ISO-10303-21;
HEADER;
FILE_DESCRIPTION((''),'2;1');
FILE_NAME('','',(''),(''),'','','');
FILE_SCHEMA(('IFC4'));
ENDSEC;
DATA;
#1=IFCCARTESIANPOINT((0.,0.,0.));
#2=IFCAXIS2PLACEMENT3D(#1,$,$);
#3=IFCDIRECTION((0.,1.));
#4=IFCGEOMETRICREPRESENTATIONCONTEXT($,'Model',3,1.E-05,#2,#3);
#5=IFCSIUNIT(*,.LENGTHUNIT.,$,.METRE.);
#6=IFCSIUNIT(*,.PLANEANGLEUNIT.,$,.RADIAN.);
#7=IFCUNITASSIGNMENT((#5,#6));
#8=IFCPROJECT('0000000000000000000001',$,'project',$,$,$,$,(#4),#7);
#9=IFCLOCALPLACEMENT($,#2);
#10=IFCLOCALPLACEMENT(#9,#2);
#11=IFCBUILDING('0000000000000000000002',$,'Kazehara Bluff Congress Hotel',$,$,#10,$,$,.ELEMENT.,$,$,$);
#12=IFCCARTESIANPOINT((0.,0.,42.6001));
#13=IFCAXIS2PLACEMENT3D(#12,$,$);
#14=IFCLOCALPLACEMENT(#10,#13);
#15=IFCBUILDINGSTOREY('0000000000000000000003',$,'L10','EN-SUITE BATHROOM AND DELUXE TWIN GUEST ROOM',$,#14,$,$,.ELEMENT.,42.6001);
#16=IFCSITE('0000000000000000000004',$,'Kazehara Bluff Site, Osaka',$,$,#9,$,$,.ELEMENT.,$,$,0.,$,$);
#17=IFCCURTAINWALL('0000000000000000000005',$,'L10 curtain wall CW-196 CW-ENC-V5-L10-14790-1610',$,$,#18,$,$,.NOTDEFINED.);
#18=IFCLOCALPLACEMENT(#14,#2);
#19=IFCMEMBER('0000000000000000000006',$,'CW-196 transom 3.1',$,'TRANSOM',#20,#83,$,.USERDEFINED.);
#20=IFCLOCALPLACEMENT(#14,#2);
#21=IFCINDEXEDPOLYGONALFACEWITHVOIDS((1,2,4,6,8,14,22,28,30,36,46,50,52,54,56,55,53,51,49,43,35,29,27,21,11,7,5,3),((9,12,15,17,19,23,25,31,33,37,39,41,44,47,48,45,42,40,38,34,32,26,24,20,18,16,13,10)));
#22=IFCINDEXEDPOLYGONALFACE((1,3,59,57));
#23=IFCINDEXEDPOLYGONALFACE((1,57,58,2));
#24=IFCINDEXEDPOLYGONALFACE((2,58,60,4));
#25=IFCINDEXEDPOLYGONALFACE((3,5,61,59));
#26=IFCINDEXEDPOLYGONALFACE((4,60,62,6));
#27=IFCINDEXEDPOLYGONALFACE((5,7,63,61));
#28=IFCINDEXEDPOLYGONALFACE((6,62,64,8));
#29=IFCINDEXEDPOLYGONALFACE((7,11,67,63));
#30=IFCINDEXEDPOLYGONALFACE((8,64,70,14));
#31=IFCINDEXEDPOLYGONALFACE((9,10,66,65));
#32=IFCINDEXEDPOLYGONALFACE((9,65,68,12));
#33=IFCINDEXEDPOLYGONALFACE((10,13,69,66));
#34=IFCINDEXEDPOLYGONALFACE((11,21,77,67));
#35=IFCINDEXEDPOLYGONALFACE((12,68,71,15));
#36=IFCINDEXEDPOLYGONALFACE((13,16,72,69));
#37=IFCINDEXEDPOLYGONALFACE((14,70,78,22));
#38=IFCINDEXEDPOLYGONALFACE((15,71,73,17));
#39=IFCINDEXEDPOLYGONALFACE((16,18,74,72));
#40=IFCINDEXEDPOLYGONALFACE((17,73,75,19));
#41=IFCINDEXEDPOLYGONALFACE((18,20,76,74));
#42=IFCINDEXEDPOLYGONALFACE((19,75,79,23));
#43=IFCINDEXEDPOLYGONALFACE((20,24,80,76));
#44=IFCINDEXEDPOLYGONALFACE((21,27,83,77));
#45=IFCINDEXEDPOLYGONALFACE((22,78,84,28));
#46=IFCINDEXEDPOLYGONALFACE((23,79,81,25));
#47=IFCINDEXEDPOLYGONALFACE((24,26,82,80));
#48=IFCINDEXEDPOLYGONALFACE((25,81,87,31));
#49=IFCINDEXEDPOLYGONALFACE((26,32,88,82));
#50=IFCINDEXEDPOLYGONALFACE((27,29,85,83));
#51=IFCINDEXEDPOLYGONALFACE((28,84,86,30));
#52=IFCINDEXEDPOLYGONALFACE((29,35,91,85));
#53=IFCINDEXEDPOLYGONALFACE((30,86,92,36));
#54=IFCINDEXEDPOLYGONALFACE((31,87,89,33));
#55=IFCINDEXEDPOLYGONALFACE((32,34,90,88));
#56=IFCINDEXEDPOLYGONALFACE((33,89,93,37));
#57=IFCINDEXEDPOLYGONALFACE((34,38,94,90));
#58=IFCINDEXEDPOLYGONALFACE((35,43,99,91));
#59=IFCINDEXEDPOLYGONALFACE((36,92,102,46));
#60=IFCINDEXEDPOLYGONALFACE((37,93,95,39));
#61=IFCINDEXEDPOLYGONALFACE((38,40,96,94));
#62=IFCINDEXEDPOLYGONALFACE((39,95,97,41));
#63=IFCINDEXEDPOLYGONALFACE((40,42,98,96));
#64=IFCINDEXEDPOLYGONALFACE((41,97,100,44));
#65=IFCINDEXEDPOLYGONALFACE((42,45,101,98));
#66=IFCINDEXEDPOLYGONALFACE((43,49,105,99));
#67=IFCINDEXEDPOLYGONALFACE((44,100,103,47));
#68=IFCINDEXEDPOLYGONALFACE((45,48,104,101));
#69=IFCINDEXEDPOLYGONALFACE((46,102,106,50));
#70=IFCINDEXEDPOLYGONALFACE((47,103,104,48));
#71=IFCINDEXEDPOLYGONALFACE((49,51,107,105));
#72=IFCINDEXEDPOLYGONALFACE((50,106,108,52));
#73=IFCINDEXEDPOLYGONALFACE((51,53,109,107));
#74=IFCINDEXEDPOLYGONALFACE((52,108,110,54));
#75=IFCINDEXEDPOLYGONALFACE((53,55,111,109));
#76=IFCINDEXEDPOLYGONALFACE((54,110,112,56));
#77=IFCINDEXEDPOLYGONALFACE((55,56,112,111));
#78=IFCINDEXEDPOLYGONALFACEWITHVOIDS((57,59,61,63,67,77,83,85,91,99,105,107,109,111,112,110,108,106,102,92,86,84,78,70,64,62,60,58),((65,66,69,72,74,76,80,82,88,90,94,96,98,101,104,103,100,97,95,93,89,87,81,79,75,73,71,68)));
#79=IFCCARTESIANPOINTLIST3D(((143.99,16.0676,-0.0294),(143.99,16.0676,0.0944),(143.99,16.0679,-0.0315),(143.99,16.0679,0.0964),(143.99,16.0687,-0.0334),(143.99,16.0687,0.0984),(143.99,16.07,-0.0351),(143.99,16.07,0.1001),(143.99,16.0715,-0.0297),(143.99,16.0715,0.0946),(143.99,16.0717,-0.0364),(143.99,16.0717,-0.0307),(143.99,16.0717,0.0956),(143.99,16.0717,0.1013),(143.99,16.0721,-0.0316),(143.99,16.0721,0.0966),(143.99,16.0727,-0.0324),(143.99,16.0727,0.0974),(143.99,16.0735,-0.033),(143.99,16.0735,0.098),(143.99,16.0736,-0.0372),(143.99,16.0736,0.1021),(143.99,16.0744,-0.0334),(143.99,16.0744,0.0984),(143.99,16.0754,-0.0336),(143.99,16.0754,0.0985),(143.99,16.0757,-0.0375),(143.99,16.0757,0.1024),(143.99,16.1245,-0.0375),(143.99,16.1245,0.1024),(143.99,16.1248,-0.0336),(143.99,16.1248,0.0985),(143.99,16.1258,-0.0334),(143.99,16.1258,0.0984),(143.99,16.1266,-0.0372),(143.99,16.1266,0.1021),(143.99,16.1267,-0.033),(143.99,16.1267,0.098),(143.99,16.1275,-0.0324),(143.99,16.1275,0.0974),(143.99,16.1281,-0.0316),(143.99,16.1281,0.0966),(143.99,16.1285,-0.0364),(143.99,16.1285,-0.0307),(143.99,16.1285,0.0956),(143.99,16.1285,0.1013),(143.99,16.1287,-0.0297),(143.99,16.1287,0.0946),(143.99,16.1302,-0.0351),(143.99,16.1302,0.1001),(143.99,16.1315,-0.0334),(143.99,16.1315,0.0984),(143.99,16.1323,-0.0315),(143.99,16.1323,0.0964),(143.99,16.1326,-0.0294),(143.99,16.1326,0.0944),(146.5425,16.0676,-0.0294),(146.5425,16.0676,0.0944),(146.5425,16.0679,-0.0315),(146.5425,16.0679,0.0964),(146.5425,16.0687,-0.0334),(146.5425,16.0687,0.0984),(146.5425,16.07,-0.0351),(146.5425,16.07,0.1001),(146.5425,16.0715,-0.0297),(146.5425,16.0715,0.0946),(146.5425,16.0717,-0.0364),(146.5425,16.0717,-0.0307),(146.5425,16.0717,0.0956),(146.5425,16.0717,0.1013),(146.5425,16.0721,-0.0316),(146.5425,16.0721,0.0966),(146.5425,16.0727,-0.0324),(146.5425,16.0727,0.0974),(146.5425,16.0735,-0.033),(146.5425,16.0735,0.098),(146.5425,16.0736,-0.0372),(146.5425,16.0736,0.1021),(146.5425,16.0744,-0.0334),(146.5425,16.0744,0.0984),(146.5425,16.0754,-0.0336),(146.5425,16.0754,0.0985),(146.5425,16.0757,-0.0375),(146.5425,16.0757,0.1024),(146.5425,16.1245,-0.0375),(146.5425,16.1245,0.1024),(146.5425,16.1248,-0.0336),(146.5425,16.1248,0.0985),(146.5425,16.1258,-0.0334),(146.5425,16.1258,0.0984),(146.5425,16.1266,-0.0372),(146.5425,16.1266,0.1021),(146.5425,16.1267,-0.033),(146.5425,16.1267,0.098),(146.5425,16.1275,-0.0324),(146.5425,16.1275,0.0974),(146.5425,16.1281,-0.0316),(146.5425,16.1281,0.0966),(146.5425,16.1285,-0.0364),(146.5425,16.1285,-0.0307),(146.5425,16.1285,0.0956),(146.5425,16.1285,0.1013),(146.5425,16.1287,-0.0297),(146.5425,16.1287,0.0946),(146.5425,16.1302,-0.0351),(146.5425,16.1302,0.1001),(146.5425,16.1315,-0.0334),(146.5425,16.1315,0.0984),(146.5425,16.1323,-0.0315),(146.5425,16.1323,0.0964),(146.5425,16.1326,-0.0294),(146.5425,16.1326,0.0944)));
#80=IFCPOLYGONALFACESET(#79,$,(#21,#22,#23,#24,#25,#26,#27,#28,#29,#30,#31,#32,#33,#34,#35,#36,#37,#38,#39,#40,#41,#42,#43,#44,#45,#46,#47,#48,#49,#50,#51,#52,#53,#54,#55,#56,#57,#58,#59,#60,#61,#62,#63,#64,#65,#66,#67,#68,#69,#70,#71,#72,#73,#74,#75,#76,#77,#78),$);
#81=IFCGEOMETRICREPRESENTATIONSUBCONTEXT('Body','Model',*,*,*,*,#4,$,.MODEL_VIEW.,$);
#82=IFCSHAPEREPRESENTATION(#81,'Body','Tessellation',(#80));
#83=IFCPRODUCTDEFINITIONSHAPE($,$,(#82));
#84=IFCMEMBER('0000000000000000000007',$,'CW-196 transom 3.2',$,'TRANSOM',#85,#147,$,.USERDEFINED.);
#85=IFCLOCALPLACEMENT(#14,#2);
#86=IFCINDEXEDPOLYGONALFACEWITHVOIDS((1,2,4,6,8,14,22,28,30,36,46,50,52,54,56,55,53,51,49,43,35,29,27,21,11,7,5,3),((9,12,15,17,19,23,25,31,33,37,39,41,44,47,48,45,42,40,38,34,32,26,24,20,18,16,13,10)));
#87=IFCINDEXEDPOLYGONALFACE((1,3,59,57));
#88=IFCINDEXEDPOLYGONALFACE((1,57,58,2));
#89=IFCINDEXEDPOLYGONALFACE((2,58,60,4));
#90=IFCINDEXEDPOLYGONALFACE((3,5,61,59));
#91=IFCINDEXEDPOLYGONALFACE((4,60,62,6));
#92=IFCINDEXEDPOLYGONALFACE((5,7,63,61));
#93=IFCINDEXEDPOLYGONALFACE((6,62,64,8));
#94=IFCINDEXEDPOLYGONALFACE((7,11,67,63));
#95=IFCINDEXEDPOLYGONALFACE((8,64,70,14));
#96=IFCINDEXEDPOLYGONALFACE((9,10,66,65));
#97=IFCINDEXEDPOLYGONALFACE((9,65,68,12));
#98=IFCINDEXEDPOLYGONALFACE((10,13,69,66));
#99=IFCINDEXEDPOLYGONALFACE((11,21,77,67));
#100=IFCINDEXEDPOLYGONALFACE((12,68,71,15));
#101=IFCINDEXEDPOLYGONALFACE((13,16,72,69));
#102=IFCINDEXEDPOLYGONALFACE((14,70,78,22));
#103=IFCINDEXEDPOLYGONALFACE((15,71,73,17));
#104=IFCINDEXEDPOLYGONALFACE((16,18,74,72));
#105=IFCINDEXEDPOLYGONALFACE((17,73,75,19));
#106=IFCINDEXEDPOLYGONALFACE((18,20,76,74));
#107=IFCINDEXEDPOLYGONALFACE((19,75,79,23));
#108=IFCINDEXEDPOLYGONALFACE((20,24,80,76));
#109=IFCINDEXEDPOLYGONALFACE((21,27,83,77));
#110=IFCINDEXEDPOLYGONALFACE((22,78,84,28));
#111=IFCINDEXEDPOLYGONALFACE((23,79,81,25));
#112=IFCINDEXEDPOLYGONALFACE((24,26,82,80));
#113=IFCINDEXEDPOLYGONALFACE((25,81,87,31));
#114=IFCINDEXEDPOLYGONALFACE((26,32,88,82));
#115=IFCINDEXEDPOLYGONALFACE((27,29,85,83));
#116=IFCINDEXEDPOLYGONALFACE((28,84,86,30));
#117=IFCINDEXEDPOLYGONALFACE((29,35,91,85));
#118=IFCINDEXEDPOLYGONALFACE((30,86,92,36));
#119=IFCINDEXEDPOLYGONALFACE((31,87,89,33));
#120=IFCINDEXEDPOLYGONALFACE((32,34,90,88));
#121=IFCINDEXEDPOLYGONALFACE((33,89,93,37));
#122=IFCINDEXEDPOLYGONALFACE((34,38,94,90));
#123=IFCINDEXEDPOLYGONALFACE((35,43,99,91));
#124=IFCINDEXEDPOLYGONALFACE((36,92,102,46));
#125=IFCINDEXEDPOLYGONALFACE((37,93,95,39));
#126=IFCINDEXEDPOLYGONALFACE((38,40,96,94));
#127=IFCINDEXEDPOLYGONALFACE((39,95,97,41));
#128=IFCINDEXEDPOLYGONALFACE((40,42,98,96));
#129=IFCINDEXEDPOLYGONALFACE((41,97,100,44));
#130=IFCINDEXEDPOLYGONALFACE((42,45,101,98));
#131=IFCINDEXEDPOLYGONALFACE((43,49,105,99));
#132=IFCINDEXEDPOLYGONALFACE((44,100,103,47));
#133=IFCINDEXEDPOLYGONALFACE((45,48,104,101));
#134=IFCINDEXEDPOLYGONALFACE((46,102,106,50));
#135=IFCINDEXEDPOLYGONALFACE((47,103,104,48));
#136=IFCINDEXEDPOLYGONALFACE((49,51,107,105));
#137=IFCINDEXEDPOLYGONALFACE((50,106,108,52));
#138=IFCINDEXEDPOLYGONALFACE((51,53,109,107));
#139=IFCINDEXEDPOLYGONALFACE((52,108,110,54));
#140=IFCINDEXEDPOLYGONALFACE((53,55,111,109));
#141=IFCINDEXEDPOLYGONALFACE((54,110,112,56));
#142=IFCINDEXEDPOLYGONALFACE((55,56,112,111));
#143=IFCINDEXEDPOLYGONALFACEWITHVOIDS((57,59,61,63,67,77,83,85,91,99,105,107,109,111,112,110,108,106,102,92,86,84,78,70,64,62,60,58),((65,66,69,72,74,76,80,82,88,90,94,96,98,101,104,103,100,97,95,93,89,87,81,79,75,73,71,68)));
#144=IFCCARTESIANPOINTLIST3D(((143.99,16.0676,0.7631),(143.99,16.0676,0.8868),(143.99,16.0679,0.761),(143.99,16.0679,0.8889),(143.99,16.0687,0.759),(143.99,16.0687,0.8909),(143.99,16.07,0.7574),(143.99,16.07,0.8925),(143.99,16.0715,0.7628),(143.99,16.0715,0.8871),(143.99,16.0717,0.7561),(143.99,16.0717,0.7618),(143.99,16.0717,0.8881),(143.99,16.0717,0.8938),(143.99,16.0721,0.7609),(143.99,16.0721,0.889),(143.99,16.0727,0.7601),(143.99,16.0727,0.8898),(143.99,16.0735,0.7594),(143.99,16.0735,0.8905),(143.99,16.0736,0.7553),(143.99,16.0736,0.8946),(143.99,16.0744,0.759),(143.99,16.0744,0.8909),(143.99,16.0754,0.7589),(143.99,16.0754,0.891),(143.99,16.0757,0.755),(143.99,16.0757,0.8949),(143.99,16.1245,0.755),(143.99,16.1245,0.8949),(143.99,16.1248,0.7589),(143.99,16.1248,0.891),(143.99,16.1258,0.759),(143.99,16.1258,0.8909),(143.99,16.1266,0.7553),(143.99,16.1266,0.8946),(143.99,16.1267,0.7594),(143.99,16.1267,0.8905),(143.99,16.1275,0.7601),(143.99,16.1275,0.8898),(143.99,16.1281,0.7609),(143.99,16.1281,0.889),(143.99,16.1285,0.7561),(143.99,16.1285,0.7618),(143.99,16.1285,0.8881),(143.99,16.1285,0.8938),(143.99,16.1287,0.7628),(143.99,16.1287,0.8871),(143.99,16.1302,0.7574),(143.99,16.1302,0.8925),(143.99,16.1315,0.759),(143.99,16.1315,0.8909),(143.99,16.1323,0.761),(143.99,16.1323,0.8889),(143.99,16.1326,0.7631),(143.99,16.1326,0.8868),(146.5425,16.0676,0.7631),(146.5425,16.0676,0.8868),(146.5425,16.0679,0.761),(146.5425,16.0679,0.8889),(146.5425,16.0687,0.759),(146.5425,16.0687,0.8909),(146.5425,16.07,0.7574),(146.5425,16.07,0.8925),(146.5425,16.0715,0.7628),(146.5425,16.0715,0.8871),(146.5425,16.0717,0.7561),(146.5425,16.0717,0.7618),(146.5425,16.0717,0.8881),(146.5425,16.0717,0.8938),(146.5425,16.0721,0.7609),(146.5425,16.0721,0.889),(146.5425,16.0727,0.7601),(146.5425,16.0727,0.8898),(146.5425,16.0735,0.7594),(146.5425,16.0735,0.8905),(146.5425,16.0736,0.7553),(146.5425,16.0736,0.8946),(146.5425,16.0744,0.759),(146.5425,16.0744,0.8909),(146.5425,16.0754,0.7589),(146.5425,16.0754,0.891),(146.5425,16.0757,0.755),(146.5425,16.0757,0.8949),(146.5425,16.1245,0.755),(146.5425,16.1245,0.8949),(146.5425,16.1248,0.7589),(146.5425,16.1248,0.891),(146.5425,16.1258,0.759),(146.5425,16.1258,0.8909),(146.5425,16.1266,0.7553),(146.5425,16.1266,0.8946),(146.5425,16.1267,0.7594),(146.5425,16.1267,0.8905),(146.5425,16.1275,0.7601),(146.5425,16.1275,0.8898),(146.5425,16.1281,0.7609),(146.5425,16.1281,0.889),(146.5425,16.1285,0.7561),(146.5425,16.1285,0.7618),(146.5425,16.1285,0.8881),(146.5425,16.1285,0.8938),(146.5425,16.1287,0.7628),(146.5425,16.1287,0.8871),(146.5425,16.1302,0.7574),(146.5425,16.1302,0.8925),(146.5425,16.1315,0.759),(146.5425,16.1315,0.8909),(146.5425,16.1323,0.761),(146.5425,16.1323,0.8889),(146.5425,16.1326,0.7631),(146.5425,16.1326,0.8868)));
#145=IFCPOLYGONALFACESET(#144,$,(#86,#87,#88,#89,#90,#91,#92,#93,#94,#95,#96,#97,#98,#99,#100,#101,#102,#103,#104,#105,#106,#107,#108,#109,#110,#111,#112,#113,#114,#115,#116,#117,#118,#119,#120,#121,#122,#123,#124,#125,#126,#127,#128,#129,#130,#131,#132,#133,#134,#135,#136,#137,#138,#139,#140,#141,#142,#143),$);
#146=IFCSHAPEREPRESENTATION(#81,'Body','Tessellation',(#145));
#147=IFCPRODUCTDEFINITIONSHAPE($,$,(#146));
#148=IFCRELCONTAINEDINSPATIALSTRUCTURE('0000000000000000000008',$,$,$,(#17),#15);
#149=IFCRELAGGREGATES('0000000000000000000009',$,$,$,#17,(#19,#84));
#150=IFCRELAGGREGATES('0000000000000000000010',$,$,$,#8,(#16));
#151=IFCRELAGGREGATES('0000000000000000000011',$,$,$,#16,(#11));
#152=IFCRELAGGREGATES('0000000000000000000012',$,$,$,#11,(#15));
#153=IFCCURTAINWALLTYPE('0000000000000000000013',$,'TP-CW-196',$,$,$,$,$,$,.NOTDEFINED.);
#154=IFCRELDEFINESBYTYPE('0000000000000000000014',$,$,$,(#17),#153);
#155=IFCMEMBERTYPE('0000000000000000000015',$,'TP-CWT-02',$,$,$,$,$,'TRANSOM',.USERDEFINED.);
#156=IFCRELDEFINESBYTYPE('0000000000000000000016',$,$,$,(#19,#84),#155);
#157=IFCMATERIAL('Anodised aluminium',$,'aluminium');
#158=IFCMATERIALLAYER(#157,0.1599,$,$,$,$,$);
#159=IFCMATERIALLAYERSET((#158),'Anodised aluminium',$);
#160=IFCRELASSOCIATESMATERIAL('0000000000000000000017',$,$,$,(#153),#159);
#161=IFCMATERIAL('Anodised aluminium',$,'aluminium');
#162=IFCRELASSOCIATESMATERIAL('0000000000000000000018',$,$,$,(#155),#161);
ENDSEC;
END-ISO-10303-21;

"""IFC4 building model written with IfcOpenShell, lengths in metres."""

from ifc_helpers import new_model, si_unit, direction, frame, origin, origin_2d, place, context, subcontext, project, spatial, hollow_rectangle, extrude, material, layer, layer_set, material_profile, profile_set, type_object, element, aggregate, save


model = new_model("IFC4")

# Units and contexts
model_context = context("Model", 3, precision=1e-05, world=origin(), true_north=direction((0.0, 1.0)))
body_context = subcontext(model_context, "Body", "Model", "MODEL_VIEW")
ifc_project = project(units=[si_unit("LENGTHUNIT", "METRE"), si_unit("PLANEANGLEUNIT", "RADIAN")], contexts=[model_context])

# Site, building, storey
site_placement = place(None, origin())
site = spatial("IfcSite", under=ifc_project, at=site_placement, Name="Kazehara Bluff Site, Osaka", CompositionType="ELEMENT", RefElevation=0.0)
building_placement = place(site_placement, origin())
building = spatial("IfcBuilding", under=site, at=building_placement, Name="Kazehara Bluff Congress Hotel", CompositionType="ELEMENT")
storey_placement = place(building_placement, frame((0.0, 0.0, 42.6001)))
storey = spatial("IfcBuildingStorey", under=building, at=storey_placement, Name="L10", Description="EN-SUITE BATHROOM AND DELUXE TWIN GUEST ROOM", CompositionType="ELEMENT", Elevation=42.6001)

# Curtain wall, members
ifc_material_1 = material(Name="Anodised aluminium", Category="aluminium")
ifc_layer_1 = layer(ifc_material_1, 0.1599)
ifc_layer_set_1 = layer_set([ifc_layer_1], Name="Anodised aluminium")
curtain_wall_type = type_object("IfcCurtainWallType", Name="TP-CW-196", PredefinedType="NOTDEFINED", material=ifc_layer_set_1)
curtain_wall_placement = place(storey_placement, origin())
curtain_wall = element("IfcCurtainWall", 1, at=curtain_wall_placement, inside=storey, type_object=curtain_wall_type, Name="L10 curtain wall CW-196 CW-ENC-V5-L10-14790-1610", PredefinedType="NOTDEFINED")
ifc_material_2 = material(Name="Anodised aluminium", Category="aluminium")
ifc_material_profile_1 = material_profile(ifc_material_2, hollow_rectangle(XDim=0.0649, YDim=0.1399, WallThickness=0.0039, InnerFilletRadius=0.0039, OuterFilletRadius=0.0081, at=origin_2d()))
ifc_profile_set_1 = profile_set([ifc_material_profile_1], Name="Anodised aluminium")
member_type_1 = type_object("IfcMemberType", Name="TP-CWT-02", ElementType="TRANSOM", PredefinedType="USERDEFINED", material=ifc_profile_set_1)
member_1_placement = place(storey_placement, frame((146.5425, 16.1001, 0.0325), z_axis=(-1.0, 0.0, 0.0), x_axis=(0.0, -1.0, 0.0)))
member_1 = element("IfcMember", 2, at=member_1_placement, type_object=member_type_1, Name="CW-196 transom 3.1", ObjectType="TRANSOM", PredefinedType="USERDEFINED", context=body_context, shape_type="SweptSolid", body=[
    extrude(hollow_rectangle(XDim=0.0649, YDim=0.1399, WallThickness=0.0039, InnerFilletRadius=0.0039, OuterFilletRadius=0.0081, at=origin_2d()), origin(), (0.0, 0.0, 1.0), 2.5525),
])
member_2_placement = place(storey_placement, frame((146.5425, 16.1001, 0.825), z_axis=(-1.0, 0.0, 0.0), x_axis=(0.0, -1.0, 0.0)))
member_2 = element("IfcMember", 3, at=member_2_placement, type_object=member_type_1, Name="CW-196 transom 3.2", ObjectType="TRANSOM", PredefinedType="USERDEFINED", context=body_context, shape_type="SweptSolid", body=[
    extrude(hollow_rectangle(XDim=0.0649, YDim=0.1399, WallThickness=0.0039, InnerFilletRadius=0.0039, OuterFilletRadius=0.0081, at=origin_2d()), origin(), (0.0, 0.0, 1.0), 2.5525),
])

aggregate(curtain_wall, [member_1, member_2])

save(model, "model.ifc")
